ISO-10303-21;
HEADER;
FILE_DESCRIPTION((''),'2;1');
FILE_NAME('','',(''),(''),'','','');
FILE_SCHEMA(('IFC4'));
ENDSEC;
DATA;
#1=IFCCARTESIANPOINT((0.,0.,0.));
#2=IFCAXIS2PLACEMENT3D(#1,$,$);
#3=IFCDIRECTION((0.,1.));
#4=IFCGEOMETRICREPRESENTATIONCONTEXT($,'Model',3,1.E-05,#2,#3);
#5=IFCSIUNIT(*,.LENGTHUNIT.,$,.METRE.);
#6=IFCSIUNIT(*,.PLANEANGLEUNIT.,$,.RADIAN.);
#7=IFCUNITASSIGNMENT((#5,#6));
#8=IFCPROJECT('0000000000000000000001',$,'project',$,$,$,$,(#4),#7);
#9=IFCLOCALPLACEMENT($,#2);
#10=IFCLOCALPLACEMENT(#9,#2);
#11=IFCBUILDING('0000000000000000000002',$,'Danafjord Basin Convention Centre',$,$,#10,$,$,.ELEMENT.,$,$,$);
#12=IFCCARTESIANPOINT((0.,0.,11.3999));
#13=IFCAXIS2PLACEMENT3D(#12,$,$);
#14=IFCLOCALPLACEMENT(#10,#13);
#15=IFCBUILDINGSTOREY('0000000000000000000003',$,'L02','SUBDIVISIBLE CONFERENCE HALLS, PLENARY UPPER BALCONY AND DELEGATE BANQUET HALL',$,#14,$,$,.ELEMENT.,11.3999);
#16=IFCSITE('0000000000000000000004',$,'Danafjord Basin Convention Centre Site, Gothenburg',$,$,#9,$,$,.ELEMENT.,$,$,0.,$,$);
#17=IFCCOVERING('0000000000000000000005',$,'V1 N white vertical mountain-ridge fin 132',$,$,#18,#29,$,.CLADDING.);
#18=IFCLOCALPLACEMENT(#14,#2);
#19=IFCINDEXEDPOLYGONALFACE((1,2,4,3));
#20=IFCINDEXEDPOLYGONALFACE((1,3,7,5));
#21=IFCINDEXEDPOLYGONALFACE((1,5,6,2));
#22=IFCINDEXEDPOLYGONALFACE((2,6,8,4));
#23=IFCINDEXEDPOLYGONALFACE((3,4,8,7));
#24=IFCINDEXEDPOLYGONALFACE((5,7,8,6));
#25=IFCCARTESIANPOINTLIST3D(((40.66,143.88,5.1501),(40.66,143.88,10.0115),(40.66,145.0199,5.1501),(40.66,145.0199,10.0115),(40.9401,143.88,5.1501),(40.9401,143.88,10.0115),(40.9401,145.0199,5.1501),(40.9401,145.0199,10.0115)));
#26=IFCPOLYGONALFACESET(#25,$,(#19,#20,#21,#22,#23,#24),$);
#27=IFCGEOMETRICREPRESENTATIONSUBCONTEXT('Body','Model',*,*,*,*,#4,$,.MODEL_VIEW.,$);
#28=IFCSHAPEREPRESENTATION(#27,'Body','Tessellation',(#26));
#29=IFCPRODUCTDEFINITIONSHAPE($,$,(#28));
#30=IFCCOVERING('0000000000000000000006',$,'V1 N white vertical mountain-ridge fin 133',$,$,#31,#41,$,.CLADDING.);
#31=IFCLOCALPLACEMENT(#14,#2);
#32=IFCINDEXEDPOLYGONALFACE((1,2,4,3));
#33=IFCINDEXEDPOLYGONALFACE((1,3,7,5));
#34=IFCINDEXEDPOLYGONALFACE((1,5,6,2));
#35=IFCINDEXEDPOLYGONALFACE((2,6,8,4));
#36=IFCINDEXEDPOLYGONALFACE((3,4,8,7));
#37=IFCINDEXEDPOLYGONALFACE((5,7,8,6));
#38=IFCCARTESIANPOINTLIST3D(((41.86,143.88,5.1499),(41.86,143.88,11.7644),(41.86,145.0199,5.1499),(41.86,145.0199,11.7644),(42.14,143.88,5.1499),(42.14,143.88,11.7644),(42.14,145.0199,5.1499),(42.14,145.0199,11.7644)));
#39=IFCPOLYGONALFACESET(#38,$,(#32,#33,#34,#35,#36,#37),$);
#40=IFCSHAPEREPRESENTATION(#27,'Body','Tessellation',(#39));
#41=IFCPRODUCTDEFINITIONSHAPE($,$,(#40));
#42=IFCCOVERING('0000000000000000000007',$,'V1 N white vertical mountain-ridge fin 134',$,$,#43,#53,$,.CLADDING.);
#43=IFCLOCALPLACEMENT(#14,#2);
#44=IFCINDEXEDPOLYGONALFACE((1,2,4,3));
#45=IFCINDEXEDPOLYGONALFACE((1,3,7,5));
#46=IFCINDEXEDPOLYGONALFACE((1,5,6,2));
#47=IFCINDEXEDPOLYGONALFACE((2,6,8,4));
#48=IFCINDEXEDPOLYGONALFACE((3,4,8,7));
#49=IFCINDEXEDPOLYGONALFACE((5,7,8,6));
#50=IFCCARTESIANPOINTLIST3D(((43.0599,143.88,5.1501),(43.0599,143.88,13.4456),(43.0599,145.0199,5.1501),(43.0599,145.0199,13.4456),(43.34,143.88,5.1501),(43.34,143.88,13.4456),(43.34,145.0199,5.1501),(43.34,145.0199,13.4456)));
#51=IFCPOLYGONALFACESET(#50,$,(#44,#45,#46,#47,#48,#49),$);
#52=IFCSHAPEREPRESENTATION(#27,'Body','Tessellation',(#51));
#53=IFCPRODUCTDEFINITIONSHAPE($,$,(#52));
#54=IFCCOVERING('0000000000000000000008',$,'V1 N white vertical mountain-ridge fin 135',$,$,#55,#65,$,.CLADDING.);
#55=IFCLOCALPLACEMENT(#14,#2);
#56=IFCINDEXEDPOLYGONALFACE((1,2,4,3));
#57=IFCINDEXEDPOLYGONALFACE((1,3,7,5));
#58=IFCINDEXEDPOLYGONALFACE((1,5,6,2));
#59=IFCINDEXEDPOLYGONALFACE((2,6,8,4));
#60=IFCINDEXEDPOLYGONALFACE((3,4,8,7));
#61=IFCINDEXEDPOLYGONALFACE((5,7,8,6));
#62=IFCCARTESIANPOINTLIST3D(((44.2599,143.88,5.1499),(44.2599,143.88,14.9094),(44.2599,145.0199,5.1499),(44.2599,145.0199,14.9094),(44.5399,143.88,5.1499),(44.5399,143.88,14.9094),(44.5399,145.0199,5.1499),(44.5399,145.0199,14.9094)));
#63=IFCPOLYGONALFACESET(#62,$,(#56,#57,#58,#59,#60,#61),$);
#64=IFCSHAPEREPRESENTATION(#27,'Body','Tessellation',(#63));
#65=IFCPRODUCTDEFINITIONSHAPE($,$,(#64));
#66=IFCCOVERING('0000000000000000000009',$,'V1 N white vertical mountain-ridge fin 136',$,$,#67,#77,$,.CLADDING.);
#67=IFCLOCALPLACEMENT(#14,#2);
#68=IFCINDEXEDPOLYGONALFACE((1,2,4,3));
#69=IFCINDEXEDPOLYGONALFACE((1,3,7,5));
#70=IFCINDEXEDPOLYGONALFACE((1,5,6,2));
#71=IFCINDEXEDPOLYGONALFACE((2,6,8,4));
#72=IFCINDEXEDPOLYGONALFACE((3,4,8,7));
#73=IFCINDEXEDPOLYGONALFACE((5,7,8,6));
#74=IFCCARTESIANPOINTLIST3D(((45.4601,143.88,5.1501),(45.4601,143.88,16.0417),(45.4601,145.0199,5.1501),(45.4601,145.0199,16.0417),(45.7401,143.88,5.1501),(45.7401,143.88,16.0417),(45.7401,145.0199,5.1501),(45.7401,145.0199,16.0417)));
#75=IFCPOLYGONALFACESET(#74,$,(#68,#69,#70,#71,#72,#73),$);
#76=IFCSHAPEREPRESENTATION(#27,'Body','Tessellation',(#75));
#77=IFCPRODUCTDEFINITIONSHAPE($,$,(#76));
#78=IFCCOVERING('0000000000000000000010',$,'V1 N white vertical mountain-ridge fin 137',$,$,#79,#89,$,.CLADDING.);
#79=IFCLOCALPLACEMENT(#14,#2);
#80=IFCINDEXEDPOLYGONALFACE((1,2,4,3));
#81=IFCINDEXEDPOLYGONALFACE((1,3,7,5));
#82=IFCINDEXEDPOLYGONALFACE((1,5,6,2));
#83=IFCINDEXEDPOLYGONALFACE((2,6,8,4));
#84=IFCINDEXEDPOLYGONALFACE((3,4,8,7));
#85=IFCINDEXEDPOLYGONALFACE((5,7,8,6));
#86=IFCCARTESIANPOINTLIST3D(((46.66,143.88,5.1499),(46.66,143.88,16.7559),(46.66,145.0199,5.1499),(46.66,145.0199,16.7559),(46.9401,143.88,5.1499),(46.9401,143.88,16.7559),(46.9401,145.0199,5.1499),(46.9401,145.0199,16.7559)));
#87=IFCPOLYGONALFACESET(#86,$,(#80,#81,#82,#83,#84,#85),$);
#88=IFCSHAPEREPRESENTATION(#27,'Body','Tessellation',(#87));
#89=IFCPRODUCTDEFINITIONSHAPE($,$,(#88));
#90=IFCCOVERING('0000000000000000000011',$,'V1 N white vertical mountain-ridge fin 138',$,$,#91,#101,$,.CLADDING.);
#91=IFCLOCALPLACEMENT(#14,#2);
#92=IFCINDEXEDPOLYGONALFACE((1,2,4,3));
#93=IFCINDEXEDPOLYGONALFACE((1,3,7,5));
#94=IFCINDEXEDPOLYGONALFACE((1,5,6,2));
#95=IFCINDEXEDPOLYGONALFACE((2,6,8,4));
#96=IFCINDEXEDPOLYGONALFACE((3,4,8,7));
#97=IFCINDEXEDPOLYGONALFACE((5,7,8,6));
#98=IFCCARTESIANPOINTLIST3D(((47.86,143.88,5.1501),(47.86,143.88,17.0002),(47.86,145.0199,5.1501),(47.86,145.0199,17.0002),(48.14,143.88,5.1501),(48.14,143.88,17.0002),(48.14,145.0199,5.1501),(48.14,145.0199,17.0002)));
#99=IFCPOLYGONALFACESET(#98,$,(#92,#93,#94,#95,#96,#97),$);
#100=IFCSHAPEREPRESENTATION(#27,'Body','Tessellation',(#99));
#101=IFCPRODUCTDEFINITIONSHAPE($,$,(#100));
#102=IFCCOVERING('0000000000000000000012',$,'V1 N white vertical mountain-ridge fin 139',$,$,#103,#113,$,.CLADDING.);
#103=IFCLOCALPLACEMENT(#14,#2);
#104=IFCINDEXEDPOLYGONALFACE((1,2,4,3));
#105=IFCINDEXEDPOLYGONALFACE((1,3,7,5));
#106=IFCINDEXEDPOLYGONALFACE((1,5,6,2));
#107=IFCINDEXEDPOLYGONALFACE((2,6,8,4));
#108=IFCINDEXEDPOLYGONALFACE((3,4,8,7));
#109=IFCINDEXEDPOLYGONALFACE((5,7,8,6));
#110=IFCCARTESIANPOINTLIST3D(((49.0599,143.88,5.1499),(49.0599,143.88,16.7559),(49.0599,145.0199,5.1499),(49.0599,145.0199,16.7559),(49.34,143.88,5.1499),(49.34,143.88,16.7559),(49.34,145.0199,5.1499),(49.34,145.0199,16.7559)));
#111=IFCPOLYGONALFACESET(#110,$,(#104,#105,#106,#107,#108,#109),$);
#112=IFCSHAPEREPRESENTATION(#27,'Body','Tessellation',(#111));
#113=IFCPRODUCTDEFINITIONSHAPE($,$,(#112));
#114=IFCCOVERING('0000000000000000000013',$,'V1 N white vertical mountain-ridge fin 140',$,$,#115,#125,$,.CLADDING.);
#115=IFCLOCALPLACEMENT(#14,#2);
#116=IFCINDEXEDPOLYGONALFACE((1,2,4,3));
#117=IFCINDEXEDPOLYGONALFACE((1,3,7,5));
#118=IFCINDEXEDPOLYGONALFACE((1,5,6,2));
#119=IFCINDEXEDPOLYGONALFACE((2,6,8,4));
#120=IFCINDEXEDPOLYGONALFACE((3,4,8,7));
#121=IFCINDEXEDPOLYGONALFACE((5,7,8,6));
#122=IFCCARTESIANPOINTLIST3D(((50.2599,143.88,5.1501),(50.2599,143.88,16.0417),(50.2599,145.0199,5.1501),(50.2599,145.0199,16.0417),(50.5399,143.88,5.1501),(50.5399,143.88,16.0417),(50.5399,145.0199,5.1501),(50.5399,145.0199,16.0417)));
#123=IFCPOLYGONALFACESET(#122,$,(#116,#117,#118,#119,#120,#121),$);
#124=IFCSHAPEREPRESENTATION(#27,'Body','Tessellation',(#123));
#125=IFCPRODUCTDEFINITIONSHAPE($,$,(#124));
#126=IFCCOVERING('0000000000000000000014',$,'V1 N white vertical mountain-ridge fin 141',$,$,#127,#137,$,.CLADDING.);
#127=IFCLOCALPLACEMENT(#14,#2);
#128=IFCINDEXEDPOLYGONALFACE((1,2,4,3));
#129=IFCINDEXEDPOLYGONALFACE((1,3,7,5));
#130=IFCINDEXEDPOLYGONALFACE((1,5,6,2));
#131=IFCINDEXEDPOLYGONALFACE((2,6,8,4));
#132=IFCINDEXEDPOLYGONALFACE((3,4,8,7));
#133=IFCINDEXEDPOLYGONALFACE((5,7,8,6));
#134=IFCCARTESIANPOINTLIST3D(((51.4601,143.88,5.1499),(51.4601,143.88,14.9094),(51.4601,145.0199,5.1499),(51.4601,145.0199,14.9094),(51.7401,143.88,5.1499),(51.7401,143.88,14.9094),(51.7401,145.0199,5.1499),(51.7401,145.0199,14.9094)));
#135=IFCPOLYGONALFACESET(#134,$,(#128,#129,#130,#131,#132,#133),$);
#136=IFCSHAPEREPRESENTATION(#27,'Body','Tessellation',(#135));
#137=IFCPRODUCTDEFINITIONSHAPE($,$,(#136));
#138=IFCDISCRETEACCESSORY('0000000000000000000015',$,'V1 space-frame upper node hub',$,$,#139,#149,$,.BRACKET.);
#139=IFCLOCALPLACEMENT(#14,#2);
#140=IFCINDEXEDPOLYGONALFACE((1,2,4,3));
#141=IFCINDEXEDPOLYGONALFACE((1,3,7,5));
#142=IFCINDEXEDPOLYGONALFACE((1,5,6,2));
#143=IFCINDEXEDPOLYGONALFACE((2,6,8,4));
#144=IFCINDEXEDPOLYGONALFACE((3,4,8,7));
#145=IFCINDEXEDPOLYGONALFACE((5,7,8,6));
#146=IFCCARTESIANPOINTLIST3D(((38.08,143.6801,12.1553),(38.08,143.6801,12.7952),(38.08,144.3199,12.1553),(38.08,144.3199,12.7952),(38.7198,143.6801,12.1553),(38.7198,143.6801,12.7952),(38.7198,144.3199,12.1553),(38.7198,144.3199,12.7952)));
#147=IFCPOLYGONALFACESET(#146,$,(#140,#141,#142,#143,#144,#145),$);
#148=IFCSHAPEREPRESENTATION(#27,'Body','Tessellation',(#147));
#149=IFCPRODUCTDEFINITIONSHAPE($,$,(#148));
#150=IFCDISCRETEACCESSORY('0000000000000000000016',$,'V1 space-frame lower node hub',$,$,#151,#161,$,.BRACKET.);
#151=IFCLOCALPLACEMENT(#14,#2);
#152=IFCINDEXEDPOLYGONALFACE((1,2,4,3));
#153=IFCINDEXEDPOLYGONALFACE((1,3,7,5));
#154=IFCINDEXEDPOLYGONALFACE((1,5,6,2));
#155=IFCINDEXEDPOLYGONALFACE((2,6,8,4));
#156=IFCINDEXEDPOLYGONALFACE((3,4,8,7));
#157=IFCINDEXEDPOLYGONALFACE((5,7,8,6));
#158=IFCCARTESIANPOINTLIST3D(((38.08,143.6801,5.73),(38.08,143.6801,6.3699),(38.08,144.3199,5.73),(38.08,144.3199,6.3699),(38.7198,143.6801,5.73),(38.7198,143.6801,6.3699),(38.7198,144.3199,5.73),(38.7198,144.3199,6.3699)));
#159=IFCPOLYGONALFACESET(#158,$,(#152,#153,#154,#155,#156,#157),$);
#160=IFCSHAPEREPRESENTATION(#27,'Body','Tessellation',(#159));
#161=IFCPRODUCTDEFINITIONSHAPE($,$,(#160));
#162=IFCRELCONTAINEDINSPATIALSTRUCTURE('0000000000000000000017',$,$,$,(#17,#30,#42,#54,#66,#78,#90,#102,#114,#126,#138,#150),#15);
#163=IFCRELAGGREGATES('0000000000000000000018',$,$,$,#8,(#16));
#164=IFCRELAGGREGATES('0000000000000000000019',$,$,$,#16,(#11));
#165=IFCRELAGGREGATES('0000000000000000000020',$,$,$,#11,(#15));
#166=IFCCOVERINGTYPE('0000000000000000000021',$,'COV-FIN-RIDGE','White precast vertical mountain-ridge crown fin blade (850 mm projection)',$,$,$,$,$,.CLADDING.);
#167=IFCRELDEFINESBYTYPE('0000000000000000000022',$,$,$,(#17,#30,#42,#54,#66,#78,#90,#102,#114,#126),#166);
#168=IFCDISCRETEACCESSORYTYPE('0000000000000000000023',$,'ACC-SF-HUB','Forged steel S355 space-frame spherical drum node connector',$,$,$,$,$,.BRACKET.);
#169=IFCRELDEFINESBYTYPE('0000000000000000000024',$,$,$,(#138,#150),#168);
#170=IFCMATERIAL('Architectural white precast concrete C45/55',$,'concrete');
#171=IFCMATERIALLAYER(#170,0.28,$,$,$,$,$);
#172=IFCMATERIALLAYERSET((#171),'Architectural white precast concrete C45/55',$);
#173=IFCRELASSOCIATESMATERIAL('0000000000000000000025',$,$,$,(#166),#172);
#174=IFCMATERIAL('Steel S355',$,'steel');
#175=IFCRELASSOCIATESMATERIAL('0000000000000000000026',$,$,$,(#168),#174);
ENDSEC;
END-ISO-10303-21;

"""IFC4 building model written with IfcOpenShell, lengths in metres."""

from ifc_helpers import new_model, si_unit, direction, frame, origin, origin_2d, place, context, subcontext, project, spatial, rectangle, extrude, material, layer, layer_set, type_object, element, save


model = new_model("IFC4")

# Units and contexts
model_context = context("Model", 3, precision=1e-05, world=origin(), true_north=direction((0.0, 1.0)))
body_context = subcontext(model_context, "Body", "Model", "MODEL_VIEW")
ifc_project = project(units=[si_unit("LENGTHUNIT", "METRE"), si_unit("PLANEANGLEUNIT", "RADIAN")], contexts=[model_context])

# Site, building, storey
site_placement = place(None, origin())
site = spatial("IfcSite", under=ifc_project, at=site_placement, Name="Danafjord Basin Convention Centre Site, Gothenburg", CompositionType="ELEMENT", RefElevation=0.0)
building_placement = place(site_placement, origin())
building = spatial("IfcBuilding", under=site, at=building_placement, Name="Danafjord Basin Convention Centre", CompositionType="ELEMENT")
storey_placement = place(building_placement, frame((0.0, 0.0, 11.3999)))
storey = spatial("IfcBuildingStorey", under=building, at=storey_placement, Name="L02", Description="SUBDIVISIBLE CONFERENCE HALLS, PLENARY UPPER BALCONY AND DELEGATE BANQUET HALL", CompositionType="ELEMENT", Elevation=11.3999)

# Shared definitions
ifc_material_1 = material(Name="Steel S355", Category="steel")

# Coverings
ifc_material_2 = material(Name="Architectural white precast concrete C45/55", Category="concrete")
ifc_layer = layer(ifc_material_2, 0.28)
ifc_layer_set = layer_set([ifc_layer], Name="Architectural white precast concrete C45/55")
covering_type = type_object("IfcCoveringType", Name="COV-FIN-RIDGE", Description="White precast vertical mountain-ridge crown fin blade (850 mm projection)", PredefinedType="CLADDING", material=ifc_layer_set)
covering_1_placement = place(storey_placement, frame((40.8, 144.45, 5.1501), z_axis=(0.0, 0.0, 1.0), x_axis=(0.0, 1.0, 0.0)))
element("IfcCovering", 1, at=covering_1_placement, inside=storey, type_object=covering_type, Name="V1 N white vertical mountain-ridge fin 132", PredefinedType="CLADDING", context=body_context, shape_type="SweptSolid", body=[
    extrude(rectangle(XDim=1.1399, YDim=0.28, at=origin_2d()), origin(), (0.0, 0.0, 1.0), 4.8613),
])
covering_2_placement = place(storey_placement, frame((42.0, 144.45, 5.1499), z_axis=(0.0, 0.0, 1.0), x_axis=(0.0, 1.0, 0.0)))
element("IfcCovering", 2, at=covering_2_placement, inside=storey, type_object=covering_type, Name="V1 N white vertical mountain-ridge fin 133", PredefinedType="CLADDING", context=body_context, shape_type="SweptSolid", body=[
    extrude(rectangle(XDim=1.1399, YDim=0.28, at=origin_2d()), origin(), (0.0, 0.0, 1.0), 6.6145),
])
covering_3_placement = place(storey_placement, frame((43.2, 144.45, 5.1501), z_axis=(0.0, 0.0, 1.0), x_axis=(0.0, 1.0, 0.0)))
element("IfcCovering", 3, at=covering_3_placement, inside=storey, type_object=covering_type, Name="V1 N white vertical mountain-ridge fin 134", PredefinedType="CLADDING", context=body_context, shape_type="SweptSolid", body=[
    extrude(rectangle(XDim=1.1399, YDim=0.28, at=origin_2d()), origin(), (0.0, 0.0, 1.0), 8.2954),
])
covering_4_placement = place(storey_placement, frame((44.3999, 144.45, 5.1499), z_axis=(0.0, 0.0, 1.0), x_axis=(0.0, 1.0, 0.0)))
element("IfcCovering", 4, at=covering_4_placement, inside=storey, type_object=covering_type, Name="V1 N white vertical mountain-ridge fin 135", PredefinedType="CLADDING", context=body_context, shape_type="SweptSolid", body=[
    extrude(rectangle(XDim=1.1399, YDim=0.28, at=origin_2d()), origin(), (0.0, 0.0, 1.0), 9.7595),
])
covering_5_placement = place(storey_placement, frame((45.6001, 144.45, 5.1501), z_axis=(0.0, 0.0, 1.0), x_axis=(0.0, 1.0, 0.0)))
element("IfcCovering", 5, at=covering_5_placement, inside=storey, type_object=covering_type, Name="V1 N white vertical mountain-ridge fin 136", PredefinedType="CLADDING", context=body_context, shape_type="SweptSolid", body=[
    extrude(rectangle(XDim=1.1399, YDim=0.28, at=origin_2d()), origin(), (0.0, 0.0, 1.0), 10.8916),
])
covering_6_placement = place(storey_placement, frame((46.8, 144.45, 5.1499), z_axis=(0.0, 0.0, 1.0), x_axis=(0.0, 1.0, 0.0)))
element("IfcCovering", 6, at=covering_6_placement, inside=storey, type_object=covering_type, Name="V1 N white vertical mountain-ridge fin 137", PredefinedType="CLADDING", context=body_context, shape_type="SweptSolid", body=[
    extrude(rectangle(XDim=1.1399, YDim=0.28, at=origin_2d()), origin(), (0.0, 0.0, 1.0), 11.606),
])
covering_7_placement = place(storey_placement, frame((48.0, 144.45, 5.1501), z_axis=(0.0, 0.0, 1.0), x_axis=(0.0, 1.0, 0.0)))
element("IfcCovering", 7, at=covering_7_placement, inside=storey, type_object=covering_type, Name="V1 N white vertical mountain-ridge fin 138", PredefinedType="CLADDING", context=body_context, shape_type="SweptSolid", body=[
    extrude(rectangle(XDim=1.1399, YDim=0.28, at=origin_2d()), origin(), (0.0, 0.0, 1.0), 11.8501),
])
covering_8_placement = place(storey_placement, frame((49.2, 144.45, 5.1499), z_axis=(0.0, 0.0, 1.0), x_axis=(0.0, 1.0, 0.0)))
element("IfcCovering", 8, at=covering_8_placement, inside=storey, type_object=covering_type, Name="V1 N white vertical mountain-ridge fin 139", PredefinedType="CLADDING", context=body_context, shape_type="SweptSolid", body=[
    extrude(rectangle(XDim=1.1399, YDim=0.28, at=origin_2d()), origin(), (0.0, 0.0, 1.0), 11.606),
])
covering_9_placement = place(storey_placement, frame((50.3999, 144.45, 5.1501), z_axis=(0.0, 0.0, 1.0), x_axis=(0.0, 1.0, 0.0)))
element("IfcCovering", 9, at=covering_9_placement, inside=storey, type_object=covering_type, Name="V1 N white vertical mountain-ridge fin 140", PredefinedType="CLADDING", context=body_context, shape_type="SweptSolid", body=[
    extrude(rectangle(XDim=1.1399, YDim=0.28, at=origin_2d()), origin(), (0.0, 0.0, 1.0), 10.8916),
])
covering_10_placement = place(storey_placement, frame((51.6001, 144.45, 5.1499), z_axis=(0.0, 0.0, 1.0), x_axis=(0.0, 1.0, 0.0)))
element("IfcCovering", 10, at=covering_10_placement, inside=storey, type_object=covering_type, Name="V1 N white vertical mountain-ridge fin 141", PredefinedType="CLADDING", context=body_context, shape_type="SweptSolid", body=[
    extrude(rectangle(XDim=1.1399, YDim=0.28, at=origin_2d()), origin(), (0.0, 0.0, 1.0), 9.7595),
])

# Discrete accessories
discrete_accessory_type = type_object("IfcDiscreteAccessoryType", Name="ACC-SF-HUB", Description="Forged steel S355 space-frame spherical drum node connector", PredefinedType="BRACKET", material=ifc_material_1)
for number, where, z_axis, x_axis, name in (
    (11, (38.3999, 144.0, 12.1553), (0.0, 0.0, 1.0), (1.0, 0.0, 0.0), "V1 space-frame upper node hub"),
    (12, (38.3999, 144.0, 5.73), (0.0, 0.0, 1.0), (1.0, 0.0, 0.0), "V1 space-frame lower node hub"),
):
    element("IfcDiscreteAccessory", number, at=place(storey_placement, frame(where, z_axis=z_axis, x_axis=x_axis)), inside=storey, type_object=discrete_accessory_type, Name=name, PredefinedType="BRACKET", context=body_context, shape_type="SweptSolid", body=[
        extrude(rectangle(XDim=0.6399, YDim=0.6399, at=origin_2d()), origin(), (0.0, 0.0, 1.0), 0.6399),
    ])

save(model, "model.ifc")
